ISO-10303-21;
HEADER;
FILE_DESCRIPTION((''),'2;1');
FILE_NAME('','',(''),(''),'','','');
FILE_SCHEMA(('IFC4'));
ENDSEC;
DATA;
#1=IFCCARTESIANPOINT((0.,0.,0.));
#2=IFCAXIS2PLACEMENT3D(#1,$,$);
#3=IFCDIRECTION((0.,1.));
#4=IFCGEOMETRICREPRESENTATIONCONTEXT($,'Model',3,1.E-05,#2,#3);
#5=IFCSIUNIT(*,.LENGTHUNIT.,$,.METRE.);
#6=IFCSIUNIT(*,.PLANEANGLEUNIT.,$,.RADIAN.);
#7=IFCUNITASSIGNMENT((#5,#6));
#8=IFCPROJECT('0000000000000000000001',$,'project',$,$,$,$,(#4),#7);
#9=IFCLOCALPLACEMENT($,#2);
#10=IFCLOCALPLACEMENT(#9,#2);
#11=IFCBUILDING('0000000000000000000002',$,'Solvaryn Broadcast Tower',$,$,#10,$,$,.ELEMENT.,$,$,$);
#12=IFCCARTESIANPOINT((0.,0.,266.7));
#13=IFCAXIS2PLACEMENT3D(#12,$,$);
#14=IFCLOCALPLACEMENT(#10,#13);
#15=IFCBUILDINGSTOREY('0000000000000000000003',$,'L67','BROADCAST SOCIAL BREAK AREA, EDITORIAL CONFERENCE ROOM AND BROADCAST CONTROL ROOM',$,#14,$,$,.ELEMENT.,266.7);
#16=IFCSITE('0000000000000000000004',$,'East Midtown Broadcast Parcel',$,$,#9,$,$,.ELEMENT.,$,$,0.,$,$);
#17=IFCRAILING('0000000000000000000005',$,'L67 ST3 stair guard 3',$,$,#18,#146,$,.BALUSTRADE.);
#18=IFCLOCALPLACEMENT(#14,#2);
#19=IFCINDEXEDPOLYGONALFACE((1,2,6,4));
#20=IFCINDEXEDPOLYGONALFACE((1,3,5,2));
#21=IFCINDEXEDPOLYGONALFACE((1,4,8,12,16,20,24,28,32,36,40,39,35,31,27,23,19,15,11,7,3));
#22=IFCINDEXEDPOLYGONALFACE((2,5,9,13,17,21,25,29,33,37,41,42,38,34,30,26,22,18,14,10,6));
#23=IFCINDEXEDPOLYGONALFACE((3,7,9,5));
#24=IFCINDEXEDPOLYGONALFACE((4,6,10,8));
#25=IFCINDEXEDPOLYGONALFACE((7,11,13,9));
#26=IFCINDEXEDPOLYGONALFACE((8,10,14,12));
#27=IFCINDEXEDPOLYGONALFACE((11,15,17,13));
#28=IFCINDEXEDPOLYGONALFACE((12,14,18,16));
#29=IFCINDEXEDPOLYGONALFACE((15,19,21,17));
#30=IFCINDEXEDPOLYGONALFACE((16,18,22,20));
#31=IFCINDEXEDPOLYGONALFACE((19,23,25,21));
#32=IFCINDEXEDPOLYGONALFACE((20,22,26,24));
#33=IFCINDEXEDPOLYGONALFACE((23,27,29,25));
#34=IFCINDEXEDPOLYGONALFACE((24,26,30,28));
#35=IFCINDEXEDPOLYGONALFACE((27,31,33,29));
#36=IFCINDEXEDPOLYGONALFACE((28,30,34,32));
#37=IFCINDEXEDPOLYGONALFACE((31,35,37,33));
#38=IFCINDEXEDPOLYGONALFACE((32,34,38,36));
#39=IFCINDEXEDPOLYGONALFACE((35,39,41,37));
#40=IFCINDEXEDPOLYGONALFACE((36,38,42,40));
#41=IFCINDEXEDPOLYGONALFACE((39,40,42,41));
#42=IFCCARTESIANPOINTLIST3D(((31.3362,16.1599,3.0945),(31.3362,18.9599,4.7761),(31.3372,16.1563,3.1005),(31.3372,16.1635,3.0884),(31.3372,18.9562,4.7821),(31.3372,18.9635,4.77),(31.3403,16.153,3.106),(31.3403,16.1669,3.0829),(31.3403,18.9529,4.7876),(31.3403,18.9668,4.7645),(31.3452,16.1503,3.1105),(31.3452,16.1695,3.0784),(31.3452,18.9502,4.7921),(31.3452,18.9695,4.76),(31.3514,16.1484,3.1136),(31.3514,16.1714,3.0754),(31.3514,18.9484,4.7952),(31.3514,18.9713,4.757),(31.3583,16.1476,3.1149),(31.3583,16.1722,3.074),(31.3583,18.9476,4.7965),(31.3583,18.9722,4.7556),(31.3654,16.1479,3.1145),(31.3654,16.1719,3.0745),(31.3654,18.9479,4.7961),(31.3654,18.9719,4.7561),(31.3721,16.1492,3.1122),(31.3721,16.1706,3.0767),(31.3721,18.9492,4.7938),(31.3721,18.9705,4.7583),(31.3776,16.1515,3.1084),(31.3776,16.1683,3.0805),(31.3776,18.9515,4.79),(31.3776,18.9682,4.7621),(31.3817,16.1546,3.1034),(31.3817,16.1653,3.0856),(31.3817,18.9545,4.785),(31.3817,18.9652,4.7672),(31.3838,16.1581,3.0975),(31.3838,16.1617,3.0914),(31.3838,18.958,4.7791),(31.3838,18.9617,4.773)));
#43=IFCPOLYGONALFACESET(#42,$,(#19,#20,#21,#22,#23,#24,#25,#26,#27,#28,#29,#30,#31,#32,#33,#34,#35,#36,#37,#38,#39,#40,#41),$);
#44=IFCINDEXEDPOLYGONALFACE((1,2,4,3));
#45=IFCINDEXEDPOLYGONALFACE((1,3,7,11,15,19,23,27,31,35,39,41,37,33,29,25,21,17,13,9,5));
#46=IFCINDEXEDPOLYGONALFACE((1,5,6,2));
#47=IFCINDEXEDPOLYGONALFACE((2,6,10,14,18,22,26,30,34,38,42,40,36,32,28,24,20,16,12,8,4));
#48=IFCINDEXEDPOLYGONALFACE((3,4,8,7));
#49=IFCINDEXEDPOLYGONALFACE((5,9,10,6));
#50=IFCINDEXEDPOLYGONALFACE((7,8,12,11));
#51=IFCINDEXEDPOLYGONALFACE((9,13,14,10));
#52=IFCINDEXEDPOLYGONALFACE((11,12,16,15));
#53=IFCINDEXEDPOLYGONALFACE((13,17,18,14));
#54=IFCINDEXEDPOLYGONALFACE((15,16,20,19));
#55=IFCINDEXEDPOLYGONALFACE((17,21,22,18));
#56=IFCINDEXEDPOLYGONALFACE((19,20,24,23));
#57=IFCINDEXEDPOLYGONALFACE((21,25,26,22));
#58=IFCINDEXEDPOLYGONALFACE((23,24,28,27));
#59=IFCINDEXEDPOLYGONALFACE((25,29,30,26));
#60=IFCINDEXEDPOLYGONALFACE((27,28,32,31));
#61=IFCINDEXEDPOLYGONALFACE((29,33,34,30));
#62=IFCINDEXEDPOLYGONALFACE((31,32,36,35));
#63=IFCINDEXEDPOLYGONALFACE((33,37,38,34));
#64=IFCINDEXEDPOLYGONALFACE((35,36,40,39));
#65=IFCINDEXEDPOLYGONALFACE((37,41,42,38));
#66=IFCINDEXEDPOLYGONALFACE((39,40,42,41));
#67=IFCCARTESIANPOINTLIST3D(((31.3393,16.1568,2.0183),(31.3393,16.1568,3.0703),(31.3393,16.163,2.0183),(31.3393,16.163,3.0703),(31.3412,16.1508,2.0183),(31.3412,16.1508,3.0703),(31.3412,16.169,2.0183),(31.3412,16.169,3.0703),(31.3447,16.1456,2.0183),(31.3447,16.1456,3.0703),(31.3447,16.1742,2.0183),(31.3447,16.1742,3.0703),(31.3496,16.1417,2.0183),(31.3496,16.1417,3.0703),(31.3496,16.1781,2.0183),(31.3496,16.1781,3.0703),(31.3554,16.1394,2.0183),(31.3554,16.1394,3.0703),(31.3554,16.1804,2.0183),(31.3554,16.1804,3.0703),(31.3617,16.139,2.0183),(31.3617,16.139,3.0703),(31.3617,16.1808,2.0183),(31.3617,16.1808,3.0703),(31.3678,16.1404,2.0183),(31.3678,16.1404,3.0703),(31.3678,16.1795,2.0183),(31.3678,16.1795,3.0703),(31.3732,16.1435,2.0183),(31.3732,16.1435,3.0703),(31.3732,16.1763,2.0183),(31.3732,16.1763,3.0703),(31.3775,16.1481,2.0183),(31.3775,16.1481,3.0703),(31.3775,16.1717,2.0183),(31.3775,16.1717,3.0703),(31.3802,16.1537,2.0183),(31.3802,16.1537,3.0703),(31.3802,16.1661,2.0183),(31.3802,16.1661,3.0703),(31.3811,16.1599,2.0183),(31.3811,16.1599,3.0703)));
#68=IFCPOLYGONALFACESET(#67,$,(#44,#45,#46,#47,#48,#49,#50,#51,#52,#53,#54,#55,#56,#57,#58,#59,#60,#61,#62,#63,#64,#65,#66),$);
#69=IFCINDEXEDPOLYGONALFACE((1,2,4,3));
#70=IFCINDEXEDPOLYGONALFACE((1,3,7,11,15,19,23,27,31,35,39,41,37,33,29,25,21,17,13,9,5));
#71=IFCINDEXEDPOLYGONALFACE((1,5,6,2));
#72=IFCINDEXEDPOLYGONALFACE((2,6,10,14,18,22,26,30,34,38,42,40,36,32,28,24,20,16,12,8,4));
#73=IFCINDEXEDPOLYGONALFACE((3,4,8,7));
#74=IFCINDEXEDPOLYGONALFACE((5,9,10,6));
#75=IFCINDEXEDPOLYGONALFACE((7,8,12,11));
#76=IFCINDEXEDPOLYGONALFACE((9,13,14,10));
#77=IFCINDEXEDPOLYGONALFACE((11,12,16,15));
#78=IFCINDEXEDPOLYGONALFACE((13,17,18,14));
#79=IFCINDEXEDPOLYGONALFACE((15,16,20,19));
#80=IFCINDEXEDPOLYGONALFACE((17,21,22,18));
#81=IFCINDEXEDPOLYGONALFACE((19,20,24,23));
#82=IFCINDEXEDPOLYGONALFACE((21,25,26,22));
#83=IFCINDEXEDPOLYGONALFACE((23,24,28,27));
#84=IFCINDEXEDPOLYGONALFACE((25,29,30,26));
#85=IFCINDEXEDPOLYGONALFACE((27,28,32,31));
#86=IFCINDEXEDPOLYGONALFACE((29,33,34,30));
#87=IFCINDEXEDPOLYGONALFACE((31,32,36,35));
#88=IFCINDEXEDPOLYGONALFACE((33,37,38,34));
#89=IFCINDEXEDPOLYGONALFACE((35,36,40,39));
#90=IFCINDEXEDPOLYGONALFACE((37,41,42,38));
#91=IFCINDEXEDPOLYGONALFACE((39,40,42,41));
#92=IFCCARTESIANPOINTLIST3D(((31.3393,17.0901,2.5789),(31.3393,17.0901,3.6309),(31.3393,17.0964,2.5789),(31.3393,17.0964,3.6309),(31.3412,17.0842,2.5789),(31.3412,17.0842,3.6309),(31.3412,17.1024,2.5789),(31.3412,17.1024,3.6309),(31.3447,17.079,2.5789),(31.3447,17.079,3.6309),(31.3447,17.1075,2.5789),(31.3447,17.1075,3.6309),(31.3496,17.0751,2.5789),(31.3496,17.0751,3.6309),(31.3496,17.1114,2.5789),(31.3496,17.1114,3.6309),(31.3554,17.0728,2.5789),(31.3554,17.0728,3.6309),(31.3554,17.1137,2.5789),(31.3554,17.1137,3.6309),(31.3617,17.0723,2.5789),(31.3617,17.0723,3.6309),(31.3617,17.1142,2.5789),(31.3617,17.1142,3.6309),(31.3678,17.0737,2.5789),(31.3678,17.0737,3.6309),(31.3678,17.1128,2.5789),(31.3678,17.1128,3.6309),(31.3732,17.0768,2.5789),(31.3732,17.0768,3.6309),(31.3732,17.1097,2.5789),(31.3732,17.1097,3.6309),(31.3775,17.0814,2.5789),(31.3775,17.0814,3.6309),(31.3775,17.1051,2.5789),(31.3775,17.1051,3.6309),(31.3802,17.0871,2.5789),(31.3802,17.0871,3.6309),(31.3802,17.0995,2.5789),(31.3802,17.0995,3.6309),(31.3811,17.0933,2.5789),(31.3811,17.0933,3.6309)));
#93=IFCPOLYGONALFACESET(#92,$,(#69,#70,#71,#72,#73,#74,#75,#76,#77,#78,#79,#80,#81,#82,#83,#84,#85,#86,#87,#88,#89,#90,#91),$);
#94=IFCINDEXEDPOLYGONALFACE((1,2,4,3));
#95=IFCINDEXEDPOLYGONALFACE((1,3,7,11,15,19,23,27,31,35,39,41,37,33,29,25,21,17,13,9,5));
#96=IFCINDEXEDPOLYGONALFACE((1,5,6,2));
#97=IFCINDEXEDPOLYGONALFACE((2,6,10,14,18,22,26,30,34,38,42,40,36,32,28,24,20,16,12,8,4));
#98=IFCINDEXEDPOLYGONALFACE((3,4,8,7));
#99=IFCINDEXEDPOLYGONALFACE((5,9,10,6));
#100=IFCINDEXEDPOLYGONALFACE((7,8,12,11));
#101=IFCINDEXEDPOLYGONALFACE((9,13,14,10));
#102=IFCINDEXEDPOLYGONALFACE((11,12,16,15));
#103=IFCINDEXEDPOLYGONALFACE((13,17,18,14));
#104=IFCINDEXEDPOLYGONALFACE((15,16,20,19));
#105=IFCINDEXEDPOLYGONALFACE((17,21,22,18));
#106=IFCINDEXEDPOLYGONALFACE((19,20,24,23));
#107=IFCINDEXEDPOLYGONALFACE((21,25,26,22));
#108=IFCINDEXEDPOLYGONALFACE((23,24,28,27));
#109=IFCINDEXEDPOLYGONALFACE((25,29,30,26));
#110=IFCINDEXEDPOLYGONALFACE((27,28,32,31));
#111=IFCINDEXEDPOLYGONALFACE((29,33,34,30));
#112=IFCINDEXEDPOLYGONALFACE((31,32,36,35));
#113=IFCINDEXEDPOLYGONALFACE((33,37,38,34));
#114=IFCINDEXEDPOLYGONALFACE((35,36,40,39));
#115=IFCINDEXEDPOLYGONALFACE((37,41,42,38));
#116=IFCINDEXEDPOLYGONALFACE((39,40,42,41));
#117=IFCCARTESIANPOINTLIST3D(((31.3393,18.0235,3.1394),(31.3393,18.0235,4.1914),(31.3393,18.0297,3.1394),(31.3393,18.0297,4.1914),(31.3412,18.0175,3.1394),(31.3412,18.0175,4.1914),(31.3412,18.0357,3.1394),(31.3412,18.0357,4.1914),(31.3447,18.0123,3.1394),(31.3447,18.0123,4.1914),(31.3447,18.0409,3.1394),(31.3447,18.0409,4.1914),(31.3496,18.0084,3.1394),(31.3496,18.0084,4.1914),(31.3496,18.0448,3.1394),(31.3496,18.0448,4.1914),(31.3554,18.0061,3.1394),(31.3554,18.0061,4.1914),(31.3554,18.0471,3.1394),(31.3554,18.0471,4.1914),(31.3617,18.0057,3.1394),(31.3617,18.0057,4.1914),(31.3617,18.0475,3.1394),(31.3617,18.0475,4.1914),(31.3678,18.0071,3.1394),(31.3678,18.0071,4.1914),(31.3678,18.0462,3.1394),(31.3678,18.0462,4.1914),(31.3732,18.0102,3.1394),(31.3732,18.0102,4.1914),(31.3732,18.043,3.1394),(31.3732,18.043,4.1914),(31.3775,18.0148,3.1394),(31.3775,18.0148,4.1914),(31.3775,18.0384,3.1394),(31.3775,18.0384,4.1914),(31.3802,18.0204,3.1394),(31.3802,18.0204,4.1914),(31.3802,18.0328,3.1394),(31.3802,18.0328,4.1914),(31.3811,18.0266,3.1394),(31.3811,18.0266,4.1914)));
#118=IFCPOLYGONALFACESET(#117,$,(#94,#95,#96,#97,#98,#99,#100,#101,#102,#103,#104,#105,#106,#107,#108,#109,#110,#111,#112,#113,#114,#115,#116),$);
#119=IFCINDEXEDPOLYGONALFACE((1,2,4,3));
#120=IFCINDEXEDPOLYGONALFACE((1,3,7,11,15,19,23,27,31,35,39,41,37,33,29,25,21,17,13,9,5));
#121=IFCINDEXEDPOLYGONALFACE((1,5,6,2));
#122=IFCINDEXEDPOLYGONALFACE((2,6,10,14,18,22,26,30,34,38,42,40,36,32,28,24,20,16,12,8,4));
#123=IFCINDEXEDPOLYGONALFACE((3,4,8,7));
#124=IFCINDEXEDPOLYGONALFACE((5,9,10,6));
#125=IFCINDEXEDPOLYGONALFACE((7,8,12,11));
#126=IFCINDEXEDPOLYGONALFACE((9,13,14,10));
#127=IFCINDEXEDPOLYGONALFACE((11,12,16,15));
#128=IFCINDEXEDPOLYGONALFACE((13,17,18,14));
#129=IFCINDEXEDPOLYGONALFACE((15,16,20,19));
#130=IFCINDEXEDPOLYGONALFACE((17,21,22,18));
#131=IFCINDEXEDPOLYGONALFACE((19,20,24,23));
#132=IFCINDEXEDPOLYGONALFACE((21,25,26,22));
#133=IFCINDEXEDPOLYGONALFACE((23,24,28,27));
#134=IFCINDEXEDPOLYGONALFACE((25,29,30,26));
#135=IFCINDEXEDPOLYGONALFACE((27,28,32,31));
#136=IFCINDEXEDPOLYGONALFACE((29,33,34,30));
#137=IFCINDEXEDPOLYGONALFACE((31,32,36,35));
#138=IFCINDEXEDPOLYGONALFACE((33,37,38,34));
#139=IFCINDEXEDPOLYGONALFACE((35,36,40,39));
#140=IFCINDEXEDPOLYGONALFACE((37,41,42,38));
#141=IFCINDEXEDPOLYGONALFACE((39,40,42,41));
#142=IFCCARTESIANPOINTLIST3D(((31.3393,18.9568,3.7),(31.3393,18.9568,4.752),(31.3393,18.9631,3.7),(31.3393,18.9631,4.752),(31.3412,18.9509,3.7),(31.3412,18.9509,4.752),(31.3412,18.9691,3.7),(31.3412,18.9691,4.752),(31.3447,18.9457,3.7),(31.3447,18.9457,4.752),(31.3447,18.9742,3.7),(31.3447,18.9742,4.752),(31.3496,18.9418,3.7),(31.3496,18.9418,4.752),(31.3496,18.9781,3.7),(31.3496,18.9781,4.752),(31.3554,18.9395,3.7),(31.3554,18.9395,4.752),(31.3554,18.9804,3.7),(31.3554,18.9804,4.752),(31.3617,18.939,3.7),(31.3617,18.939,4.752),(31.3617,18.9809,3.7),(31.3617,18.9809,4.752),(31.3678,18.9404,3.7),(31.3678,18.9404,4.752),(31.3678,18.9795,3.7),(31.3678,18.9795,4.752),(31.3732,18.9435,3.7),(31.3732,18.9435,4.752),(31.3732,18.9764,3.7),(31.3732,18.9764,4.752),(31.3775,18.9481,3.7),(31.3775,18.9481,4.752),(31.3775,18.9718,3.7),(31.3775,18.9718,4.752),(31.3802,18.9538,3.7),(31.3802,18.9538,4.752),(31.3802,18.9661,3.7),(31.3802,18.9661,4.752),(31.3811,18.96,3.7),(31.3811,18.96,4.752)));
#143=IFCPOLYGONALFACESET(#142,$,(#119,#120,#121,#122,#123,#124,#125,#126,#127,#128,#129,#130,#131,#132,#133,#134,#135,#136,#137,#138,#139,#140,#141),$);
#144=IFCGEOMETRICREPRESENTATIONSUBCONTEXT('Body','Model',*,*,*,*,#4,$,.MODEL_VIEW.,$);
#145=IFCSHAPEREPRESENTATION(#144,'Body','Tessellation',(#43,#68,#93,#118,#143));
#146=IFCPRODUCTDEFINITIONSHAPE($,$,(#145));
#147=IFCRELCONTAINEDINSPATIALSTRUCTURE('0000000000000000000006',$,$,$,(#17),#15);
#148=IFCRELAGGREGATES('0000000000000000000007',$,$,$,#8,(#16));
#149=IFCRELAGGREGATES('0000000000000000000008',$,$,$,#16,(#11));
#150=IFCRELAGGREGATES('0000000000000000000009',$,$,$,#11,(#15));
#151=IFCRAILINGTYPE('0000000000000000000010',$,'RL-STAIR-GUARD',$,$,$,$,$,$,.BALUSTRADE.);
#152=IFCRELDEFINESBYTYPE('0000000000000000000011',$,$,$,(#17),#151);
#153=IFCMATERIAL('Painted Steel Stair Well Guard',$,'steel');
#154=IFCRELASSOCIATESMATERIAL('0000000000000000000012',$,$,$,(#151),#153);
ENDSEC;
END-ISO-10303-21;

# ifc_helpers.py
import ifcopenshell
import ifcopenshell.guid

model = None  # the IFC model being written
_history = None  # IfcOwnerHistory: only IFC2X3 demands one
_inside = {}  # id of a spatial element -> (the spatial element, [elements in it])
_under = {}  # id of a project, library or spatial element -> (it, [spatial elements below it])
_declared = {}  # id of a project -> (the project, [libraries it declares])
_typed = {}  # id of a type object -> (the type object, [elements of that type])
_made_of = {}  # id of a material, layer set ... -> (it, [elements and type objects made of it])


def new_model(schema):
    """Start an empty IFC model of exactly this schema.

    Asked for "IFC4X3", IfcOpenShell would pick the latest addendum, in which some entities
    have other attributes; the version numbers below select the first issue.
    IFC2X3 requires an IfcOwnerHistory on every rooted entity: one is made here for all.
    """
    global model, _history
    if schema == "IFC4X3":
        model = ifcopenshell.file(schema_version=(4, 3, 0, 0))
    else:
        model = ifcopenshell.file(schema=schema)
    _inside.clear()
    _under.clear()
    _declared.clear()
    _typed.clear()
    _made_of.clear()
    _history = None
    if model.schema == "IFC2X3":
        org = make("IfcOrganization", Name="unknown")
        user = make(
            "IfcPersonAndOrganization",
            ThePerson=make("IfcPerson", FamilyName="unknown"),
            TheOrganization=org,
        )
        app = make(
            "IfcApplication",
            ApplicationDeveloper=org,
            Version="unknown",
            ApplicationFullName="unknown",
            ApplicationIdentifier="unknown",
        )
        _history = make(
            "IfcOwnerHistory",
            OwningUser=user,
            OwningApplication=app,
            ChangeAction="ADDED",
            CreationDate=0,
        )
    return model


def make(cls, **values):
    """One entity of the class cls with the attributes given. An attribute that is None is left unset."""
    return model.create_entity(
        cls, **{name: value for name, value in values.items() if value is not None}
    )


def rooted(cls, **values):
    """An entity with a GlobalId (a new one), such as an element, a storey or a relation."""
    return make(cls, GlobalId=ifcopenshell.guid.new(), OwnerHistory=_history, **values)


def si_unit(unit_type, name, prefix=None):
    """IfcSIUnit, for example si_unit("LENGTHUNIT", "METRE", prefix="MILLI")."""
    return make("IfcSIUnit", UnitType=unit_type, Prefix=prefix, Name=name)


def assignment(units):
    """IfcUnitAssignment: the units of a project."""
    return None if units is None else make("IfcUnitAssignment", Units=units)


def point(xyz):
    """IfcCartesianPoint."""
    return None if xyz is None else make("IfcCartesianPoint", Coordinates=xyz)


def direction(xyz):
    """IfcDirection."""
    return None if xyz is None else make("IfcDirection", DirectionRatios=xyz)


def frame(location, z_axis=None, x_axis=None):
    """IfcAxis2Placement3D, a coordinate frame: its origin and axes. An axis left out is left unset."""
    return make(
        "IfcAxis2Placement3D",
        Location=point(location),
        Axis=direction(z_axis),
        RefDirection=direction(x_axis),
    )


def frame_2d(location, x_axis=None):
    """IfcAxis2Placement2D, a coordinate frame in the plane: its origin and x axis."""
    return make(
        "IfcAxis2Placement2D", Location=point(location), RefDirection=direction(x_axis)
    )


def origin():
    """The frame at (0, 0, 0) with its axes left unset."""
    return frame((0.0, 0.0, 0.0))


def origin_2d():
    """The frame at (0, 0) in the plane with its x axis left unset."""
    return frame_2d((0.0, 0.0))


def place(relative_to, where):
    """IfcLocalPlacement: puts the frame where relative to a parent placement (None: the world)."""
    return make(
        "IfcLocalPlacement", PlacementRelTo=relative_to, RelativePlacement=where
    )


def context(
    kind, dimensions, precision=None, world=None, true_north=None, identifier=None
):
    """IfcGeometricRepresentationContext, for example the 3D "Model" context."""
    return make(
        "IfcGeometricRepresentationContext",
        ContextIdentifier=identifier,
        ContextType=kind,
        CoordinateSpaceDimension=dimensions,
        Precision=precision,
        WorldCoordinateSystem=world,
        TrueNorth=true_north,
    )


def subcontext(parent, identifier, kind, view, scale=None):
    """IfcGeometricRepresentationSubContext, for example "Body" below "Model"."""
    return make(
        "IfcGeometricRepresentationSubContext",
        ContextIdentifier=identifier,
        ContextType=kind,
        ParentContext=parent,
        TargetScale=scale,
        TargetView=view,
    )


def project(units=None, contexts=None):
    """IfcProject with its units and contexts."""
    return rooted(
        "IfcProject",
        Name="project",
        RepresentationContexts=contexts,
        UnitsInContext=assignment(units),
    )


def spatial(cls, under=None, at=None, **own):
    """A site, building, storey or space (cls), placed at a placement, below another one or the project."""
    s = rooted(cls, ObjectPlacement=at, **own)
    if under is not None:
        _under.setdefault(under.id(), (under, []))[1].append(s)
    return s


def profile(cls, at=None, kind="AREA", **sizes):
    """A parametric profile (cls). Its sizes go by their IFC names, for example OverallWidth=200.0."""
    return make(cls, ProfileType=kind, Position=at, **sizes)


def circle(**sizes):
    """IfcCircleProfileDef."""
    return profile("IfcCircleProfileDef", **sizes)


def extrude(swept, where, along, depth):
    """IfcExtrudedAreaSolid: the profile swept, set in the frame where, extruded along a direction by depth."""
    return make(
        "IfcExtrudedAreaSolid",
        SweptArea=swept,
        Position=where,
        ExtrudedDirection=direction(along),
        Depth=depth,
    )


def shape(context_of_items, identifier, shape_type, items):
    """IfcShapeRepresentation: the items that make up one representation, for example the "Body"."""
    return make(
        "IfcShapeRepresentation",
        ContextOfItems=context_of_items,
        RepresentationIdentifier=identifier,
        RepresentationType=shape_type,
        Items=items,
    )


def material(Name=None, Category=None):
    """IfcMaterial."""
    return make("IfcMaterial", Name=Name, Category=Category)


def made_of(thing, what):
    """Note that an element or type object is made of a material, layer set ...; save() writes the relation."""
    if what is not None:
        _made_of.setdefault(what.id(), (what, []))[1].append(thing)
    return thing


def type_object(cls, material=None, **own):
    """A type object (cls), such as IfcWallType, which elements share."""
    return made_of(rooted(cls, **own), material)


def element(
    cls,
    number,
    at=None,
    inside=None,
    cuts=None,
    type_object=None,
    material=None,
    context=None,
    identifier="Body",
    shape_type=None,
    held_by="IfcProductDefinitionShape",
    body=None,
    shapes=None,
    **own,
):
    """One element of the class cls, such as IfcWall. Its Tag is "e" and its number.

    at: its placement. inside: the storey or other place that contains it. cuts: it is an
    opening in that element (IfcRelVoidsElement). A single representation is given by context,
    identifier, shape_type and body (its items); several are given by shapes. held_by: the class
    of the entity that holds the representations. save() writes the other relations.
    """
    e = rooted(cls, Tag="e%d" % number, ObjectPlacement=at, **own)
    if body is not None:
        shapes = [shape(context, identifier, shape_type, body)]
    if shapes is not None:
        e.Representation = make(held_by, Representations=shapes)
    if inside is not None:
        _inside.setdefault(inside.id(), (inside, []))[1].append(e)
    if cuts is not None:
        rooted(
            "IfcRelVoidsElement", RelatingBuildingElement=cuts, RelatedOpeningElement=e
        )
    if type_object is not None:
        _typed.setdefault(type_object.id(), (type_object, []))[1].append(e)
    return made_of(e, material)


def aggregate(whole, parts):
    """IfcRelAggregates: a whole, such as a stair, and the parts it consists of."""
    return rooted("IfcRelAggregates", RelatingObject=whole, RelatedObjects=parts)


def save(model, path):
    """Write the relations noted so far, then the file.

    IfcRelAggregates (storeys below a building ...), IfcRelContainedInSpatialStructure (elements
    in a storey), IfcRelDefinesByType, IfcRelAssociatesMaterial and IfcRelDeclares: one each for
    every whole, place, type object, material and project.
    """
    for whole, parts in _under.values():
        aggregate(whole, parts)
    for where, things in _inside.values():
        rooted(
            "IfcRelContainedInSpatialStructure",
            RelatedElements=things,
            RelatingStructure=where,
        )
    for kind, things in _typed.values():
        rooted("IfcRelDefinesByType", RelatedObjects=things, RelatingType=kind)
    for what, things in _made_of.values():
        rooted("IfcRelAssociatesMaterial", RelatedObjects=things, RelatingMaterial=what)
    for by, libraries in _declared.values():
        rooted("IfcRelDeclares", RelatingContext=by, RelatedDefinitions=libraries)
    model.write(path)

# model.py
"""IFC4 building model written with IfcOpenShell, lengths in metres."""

from ifc_helpers import new_model, si_unit, direction, frame, origin, origin_2d, place, context, subcontext, project, spatial, circle, extrude, material, type_object, element, save


model = new_model("IFC4")

# Units and contexts
model_context = context("Model", 3, precision=1e-05, world=origin(), true_north=direction((0.0, 1.0)))
body_context = subcontext(model_context, "Body", "Model", "MODEL_VIEW")
ifc_project = project(units=[si_unit("LENGTHUNIT", "METRE"), si_unit("PLANEANGLEUNIT", "RADIAN")], contexts=[model_context])

# Site, building, storey
site_placement = place(None, origin())
site = spatial("IfcSite", under=ifc_project, at=site_placement, Name="East Midtown Broadcast Parcel", CompositionType="ELEMENT", RefElevation=0.0)
building_placement = place(site_placement, origin())
building = spatial("IfcBuilding", under=site, at=building_placement, Name="Solvaryn Broadcast Tower", CompositionType="ELEMENT")
storey_placement = place(building_placement, frame((0.0, 0.0, 266.7)))
storey = spatial("IfcBuildingStorey", under=building, at=storey_placement, Name="L67", Description="BROADCAST SOCIAL BREAK AREA, EDITORIAL CONFERENCE ROOM AND BROADCAST CONTROL ROOM", CompositionType="ELEMENT", Elevation=266.7)

# Railing
ifc_material_1 = material(Name="Painted Steel Stair Well Guard", Category="steel")
railing_type_1 = type_object("IfcRailingType", Name="RL-STAIR-GUARD", PredefinedType="BALUSTRADE", material=ifc_material_1)
railing_1_placement = place(storey_placement, frame((31.3601, 16.1599, 2.0183)))
element("IfcRailing", 1, at=railing_1_placement, inside=storey, type_object=railing_type_1, Name="L67 ST3 stair guard 3", PredefinedType="BALUSTRADE", context=body_context, shape_type="SweptSolid", body=[
    extrude(circle(Radius=0.0239, at=origin_2d()), frame((0.0, 0.0, 1.0762), z_axis=(0.0, 0.857275, 0.514858), x_axis=(-1.0, 0.0, 0.0)), (0.0, 0.0, 1.0), 3.2661),
    extrude(circle(Radius=0.021, at=origin_2d()), origin(), (0.0, 0.0, 1.0), 1.052),
    extrude(circle(Radius=0.021, at=origin_2d()), frame((0.0, 0.9333, 0.5605)), (0.0, 0.0, 1.0), 1.052),
    extrude(circle(Radius=0.021, at=origin_2d()), frame((0.0, 1.8667, 1.1211)), (0.0, 0.0, 1.0), 1.052),
    extrude(circle(Radius=0.021, at=origin_2d()), frame((0.0, 2.8, 1.6816)), (0.0, 0.0, 1.0), 1.052),
])

save(model, "model.ifc")
